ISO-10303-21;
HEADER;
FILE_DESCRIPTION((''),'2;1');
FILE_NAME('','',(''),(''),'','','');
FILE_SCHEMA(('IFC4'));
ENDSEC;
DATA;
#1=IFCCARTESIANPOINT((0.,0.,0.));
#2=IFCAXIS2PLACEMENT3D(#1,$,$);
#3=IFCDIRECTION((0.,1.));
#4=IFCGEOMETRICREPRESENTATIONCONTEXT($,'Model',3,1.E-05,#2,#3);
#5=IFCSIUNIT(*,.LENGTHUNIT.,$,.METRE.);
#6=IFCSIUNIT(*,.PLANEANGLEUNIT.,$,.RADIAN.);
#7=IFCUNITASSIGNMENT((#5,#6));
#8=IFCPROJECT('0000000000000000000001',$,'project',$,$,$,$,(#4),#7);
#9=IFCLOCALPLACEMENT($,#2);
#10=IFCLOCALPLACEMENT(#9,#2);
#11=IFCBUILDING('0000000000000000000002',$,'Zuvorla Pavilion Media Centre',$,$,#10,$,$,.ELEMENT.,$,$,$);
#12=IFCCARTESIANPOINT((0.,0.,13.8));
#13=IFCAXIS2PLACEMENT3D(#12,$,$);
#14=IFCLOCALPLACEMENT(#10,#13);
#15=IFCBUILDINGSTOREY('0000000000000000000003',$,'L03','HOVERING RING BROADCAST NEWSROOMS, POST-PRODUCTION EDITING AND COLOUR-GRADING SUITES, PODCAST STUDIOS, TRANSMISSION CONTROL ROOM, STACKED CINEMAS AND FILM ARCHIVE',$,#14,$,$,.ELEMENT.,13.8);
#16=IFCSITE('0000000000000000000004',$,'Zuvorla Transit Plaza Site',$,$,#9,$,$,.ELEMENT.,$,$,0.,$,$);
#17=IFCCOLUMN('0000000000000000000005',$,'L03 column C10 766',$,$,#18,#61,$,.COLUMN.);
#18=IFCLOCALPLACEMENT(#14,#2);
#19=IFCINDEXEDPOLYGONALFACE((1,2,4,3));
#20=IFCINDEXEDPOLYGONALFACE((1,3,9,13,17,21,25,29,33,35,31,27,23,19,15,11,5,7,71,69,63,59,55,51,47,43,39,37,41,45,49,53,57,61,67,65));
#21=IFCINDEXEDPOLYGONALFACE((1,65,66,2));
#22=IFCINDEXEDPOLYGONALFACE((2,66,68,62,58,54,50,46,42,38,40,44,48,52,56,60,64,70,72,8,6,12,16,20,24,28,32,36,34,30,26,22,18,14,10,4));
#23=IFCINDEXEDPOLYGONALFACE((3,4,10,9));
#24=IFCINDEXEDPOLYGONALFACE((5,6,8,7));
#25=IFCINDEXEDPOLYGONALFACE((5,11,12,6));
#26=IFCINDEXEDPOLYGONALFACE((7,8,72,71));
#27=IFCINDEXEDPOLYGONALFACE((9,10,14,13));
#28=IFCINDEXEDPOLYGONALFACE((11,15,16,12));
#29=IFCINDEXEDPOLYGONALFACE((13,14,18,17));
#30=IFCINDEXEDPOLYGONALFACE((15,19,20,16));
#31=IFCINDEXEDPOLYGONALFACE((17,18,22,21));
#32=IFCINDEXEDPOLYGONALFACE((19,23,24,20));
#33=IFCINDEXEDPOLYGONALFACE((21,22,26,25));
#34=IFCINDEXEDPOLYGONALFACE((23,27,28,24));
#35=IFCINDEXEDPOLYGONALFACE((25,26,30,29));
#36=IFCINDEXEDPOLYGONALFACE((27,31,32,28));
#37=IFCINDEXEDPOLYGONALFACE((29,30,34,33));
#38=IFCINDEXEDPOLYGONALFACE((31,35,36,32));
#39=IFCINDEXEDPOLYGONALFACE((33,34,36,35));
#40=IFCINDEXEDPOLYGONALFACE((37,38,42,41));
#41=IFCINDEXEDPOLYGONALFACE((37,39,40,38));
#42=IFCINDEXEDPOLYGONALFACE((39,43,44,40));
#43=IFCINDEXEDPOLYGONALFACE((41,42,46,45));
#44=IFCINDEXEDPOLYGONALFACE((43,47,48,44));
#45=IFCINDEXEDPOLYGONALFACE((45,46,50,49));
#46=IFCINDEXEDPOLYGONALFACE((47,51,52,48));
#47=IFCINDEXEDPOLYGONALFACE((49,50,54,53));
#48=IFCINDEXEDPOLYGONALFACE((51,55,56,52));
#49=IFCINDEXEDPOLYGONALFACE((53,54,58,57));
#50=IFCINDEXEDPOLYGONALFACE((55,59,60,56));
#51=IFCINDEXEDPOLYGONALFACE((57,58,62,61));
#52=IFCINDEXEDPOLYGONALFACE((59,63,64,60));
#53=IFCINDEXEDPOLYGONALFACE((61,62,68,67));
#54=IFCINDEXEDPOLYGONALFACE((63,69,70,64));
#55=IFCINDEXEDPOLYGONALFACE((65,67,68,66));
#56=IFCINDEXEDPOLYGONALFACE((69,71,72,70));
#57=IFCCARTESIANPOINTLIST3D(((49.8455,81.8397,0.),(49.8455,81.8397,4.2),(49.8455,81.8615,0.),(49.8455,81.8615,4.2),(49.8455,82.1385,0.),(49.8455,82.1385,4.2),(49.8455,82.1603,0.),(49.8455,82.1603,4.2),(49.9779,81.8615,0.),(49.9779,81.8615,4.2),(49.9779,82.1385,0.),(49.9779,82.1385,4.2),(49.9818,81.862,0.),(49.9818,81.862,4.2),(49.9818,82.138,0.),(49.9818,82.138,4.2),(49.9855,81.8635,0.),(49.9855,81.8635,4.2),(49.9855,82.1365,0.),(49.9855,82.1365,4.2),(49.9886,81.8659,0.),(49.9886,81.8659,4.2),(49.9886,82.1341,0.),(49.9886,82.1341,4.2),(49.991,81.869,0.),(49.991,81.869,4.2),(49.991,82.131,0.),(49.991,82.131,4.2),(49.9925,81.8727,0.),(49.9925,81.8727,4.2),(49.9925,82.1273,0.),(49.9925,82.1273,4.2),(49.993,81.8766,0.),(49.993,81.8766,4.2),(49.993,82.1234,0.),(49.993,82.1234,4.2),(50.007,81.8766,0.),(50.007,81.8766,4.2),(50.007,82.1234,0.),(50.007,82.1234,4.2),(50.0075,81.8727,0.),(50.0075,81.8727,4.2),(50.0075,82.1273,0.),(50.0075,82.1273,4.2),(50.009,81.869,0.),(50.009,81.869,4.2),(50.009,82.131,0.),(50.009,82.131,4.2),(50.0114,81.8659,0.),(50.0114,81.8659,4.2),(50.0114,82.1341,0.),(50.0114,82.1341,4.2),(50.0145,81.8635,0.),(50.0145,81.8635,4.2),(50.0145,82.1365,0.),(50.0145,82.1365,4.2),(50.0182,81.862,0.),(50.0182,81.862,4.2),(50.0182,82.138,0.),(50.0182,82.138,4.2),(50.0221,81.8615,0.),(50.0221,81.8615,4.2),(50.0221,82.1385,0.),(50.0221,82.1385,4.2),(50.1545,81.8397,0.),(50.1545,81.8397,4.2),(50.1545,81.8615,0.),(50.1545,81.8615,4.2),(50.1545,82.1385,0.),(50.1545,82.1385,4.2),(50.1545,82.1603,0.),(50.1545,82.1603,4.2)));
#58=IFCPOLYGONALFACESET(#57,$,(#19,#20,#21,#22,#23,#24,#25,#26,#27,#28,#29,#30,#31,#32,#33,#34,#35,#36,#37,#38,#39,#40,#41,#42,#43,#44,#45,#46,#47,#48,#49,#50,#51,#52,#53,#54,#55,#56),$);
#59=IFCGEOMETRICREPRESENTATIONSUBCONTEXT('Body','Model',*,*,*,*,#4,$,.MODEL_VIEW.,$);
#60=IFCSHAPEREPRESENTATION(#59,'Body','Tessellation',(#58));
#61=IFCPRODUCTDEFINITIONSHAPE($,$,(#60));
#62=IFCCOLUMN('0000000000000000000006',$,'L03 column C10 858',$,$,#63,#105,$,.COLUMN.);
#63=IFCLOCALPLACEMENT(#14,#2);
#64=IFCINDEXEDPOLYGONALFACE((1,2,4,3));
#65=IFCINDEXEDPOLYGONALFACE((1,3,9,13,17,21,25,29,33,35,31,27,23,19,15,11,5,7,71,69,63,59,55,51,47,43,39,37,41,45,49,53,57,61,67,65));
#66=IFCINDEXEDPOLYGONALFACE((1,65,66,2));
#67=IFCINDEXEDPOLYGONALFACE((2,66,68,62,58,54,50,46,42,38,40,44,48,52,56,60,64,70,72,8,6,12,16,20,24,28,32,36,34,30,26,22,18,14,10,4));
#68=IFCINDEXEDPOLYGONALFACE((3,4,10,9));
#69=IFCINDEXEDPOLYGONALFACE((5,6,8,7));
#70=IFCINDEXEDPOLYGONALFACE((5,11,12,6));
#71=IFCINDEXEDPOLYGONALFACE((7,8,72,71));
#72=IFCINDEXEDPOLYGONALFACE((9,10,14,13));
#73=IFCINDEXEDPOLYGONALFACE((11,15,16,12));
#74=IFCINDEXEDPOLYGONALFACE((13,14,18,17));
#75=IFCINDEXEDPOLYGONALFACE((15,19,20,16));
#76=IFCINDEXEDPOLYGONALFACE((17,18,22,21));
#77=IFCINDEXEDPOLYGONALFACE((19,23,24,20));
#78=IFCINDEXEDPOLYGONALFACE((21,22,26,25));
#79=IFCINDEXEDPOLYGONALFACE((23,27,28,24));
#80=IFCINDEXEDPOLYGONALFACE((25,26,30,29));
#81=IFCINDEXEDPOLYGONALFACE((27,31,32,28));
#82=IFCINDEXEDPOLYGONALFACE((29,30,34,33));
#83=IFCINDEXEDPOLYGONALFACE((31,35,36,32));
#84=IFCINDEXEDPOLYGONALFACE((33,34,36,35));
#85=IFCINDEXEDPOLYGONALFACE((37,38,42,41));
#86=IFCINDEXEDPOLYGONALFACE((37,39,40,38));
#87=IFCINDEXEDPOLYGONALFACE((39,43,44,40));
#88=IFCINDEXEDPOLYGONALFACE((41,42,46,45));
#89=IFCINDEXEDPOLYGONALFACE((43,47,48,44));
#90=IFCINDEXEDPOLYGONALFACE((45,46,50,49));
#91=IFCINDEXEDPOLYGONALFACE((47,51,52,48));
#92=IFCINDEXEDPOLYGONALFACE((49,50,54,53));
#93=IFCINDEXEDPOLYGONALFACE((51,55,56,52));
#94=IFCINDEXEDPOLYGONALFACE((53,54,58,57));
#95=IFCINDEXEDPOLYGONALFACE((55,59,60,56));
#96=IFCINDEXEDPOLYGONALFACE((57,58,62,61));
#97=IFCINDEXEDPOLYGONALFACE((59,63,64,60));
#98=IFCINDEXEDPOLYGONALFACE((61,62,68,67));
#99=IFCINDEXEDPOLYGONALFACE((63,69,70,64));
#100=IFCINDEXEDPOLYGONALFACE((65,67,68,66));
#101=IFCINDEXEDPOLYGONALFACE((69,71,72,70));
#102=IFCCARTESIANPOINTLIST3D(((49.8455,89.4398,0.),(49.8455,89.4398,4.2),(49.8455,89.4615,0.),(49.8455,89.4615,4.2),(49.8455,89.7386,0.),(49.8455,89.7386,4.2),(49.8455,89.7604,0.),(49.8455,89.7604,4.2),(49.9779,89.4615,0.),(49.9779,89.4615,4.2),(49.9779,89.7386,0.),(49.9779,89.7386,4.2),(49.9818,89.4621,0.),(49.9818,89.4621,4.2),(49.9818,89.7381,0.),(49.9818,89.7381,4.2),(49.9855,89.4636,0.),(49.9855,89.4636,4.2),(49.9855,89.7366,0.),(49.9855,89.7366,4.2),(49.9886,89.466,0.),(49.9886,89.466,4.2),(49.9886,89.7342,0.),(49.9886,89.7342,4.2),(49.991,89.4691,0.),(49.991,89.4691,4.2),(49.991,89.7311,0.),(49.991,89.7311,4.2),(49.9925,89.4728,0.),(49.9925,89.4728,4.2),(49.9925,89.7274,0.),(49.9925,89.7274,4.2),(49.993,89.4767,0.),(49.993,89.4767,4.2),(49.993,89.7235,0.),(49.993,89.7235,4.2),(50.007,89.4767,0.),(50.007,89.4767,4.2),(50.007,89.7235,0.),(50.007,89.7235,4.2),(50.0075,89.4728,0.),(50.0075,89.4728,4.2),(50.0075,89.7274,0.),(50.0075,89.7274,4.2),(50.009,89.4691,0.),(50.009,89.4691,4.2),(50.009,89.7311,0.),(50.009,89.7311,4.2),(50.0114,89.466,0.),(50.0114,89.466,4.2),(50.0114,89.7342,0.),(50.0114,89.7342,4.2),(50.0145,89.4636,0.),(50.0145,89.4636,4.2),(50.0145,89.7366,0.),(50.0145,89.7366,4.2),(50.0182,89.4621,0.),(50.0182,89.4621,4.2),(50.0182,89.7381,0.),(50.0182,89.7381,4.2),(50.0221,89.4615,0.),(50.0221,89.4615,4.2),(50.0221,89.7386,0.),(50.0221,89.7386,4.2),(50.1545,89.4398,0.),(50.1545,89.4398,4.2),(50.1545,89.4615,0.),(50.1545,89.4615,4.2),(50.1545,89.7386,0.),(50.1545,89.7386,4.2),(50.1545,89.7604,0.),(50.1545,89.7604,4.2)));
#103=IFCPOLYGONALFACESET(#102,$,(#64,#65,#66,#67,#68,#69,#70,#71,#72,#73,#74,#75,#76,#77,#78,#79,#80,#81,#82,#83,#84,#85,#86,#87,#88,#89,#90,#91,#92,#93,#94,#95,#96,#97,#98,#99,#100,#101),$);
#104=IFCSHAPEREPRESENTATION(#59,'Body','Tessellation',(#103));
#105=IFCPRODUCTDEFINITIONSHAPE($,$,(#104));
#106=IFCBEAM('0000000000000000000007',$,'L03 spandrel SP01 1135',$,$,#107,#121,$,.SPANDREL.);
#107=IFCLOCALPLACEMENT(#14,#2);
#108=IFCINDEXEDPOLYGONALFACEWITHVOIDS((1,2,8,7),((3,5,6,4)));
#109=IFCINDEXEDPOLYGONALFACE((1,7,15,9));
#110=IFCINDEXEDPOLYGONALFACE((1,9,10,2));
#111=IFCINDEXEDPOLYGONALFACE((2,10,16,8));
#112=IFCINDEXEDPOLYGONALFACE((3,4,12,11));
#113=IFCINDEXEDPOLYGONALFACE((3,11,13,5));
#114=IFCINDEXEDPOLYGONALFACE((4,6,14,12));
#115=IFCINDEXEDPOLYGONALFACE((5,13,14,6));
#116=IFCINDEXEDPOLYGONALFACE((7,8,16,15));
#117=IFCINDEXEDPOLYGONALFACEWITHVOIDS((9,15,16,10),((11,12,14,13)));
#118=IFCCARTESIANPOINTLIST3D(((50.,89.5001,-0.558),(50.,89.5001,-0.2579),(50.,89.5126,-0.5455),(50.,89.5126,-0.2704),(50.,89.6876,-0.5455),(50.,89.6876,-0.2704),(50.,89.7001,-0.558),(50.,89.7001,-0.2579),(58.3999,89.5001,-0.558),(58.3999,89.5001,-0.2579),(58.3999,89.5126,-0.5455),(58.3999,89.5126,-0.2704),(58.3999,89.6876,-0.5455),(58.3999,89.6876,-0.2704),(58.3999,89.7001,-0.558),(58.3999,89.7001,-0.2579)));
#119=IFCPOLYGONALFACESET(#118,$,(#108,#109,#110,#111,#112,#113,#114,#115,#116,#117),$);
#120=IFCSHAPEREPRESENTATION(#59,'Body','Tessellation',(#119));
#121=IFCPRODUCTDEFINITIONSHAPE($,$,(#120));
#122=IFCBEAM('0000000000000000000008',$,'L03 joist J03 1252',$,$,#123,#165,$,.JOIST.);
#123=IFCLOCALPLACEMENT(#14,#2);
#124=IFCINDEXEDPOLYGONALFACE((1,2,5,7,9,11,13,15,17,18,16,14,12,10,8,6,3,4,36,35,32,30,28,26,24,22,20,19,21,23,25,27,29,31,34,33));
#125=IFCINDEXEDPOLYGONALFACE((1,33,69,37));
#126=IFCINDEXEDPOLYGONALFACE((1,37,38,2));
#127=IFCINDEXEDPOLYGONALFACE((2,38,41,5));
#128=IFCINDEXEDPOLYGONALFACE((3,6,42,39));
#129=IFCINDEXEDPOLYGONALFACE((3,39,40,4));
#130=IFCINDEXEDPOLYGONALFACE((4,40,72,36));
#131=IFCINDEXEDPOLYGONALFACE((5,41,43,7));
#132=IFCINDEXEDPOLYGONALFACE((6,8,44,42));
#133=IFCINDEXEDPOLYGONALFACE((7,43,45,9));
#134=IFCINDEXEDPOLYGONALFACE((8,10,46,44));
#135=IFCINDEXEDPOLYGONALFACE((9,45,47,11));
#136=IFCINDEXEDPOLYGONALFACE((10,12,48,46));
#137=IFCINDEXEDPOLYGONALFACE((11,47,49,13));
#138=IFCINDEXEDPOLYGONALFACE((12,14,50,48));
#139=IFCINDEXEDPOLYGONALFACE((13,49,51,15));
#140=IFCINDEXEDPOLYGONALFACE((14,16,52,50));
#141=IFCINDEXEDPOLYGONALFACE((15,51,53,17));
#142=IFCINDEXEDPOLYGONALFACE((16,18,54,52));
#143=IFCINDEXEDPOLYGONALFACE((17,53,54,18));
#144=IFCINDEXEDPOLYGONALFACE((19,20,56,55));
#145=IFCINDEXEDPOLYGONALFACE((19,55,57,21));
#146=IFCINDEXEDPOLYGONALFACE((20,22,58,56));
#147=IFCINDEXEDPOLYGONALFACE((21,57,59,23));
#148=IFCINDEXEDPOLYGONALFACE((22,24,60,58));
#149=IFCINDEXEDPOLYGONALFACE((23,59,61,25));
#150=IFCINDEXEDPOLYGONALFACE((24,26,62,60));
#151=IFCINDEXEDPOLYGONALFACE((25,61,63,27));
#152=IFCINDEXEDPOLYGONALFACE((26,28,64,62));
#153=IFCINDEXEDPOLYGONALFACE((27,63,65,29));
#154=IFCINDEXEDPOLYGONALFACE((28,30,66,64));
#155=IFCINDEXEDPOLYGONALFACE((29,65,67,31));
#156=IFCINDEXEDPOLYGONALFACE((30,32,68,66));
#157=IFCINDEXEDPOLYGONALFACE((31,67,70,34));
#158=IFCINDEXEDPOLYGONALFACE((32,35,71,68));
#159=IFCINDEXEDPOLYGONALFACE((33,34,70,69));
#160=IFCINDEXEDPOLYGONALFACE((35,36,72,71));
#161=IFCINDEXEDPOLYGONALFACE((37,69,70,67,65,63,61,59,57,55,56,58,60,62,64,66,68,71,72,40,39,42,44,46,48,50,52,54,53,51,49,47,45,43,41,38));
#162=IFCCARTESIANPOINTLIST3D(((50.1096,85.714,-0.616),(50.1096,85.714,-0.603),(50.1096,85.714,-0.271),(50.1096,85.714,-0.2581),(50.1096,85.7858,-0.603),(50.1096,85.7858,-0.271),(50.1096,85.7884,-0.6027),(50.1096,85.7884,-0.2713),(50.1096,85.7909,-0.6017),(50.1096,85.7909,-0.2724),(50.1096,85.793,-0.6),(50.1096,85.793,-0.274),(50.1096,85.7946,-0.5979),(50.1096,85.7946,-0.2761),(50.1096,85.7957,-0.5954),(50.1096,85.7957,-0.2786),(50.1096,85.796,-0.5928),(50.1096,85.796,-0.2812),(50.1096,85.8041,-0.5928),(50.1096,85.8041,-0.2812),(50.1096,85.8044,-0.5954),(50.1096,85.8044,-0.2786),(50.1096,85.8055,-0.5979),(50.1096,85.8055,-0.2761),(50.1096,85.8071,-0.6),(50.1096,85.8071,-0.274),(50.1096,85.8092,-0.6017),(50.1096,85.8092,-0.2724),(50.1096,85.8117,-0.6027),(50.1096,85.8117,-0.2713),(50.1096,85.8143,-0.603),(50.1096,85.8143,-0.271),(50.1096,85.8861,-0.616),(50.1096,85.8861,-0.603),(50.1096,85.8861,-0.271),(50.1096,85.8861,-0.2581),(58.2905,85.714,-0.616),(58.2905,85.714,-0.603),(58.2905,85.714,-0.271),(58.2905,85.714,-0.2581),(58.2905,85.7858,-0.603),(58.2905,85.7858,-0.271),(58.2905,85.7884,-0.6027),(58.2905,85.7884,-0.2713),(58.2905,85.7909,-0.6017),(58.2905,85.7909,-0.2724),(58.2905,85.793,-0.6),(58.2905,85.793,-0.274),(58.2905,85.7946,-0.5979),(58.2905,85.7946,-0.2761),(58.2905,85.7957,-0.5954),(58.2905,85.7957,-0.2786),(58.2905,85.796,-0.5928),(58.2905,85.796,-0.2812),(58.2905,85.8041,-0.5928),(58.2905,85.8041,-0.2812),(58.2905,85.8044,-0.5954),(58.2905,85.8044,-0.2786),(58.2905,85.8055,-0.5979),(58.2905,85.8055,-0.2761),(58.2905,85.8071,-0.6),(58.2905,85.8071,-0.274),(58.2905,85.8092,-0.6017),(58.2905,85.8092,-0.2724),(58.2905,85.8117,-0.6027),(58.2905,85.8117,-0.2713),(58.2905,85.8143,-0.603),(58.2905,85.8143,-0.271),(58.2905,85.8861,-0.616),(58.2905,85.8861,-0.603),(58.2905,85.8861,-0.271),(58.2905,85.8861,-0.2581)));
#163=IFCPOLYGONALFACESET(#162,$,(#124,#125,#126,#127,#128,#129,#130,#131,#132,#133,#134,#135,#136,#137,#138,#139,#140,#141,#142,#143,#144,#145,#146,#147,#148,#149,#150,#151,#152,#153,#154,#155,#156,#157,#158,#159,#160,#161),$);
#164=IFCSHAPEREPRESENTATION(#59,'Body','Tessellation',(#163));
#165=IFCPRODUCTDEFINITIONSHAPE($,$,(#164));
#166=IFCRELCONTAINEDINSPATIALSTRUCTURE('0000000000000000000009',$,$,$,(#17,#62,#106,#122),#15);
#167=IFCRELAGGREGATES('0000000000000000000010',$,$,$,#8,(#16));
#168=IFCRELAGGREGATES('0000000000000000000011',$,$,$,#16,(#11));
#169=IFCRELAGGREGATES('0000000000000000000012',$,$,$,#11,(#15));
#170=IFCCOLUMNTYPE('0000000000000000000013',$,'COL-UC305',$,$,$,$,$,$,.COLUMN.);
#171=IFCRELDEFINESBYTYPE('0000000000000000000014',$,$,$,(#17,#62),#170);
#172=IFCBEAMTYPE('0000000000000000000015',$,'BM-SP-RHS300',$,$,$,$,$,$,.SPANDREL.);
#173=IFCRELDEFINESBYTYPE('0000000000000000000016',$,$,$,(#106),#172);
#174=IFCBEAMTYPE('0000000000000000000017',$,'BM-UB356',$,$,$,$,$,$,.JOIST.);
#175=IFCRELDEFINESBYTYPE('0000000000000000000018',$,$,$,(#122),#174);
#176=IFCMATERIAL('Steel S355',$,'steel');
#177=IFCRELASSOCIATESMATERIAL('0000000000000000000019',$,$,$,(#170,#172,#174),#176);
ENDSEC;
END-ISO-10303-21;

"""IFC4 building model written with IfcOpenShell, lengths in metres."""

from ifc_helpers import new_model, si_unit, direction, frame, origin, origin_2d, place, context, subcontext, project, spatial, hollow_rectangle, i_section, extrude, material, material_profile, profile_set, type_object, element, save


model = new_model("IFC4")

# Units and contexts
model_context = context("Model", 3, precision=1e-05, world=origin(), true_north=direction((0.0, 1.0)))
body_context = subcontext(model_context, "Body", "Model", "MODEL_VIEW")
ifc_project = project(units=[si_unit("LENGTHUNIT", "METRE"), si_unit("PLANEANGLEUNIT", "RADIAN")], contexts=[model_context])

# Site, building, storey
site_placement = place(None, origin())
site = spatial("IfcSite", under=ifc_project, at=site_placement, Name="Zuvorla Transit Plaza Site", CompositionType="ELEMENT", RefElevation=0.0)
building_placement = place(site_placement, origin())
building = spatial("IfcBuilding", under=site, at=building_placement, Name="Zuvorla Pavilion Media Centre", CompositionType="ELEMENT")
storey_placement = place(building_placement, frame((0.0, 0.0, 13.8)))
storey = spatial("IfcBuildingStorey", under=building, at=storey_placement, Name="L03", Description="HOVERING RING BROADCAST NEWSROOMS, POST-PRODUCTION EDITING AND COLOUR-GRADING SUITES, PODCAST STUDIOS, TRANSMISSION CONTROL ROOM, STACKED CINEMAS AND FILM ARCHIVE", CompositionType="ELEMENT", Elevation=13.8)

# Columns
ifc_material_1 = material(Name="Steel S355", Category="steel")
ifc_material_profile_1 = material_profile(ifc_material_1, i_section(OverallWidth=0.3091, OverallDepth=0.3206, WebThickness=0.0139, FlangeThickness=0.0217, FilletRadius=0.0151, at=origin_2d()), Name="UC 305x305x137")
ifc_profile_set_1 = profile_set([ifc_material_profile_1], Name="Steel S355")
column_type = type_object("IfcColumnType", Name="COL-UC305", PredefinedType="COLUMN", material=ifc_profile_set_1)
for number, where, z_axis, x_axis, name in (
    (1, (50.0, 82.0, 0.0), (0.0, 0.0, 1.0), (1.0, 0.0, 0.0), "L03 column C10 766"),
    (2, (50.0, 89.6001, 0.0), (0.0, 0.0, 1.0), (1.0, 0.0, 0.0), "L03 column C10 858"),
):
    element("IfcColumn", number, at=place(storey_placement, frame(where, z_axis=z_axis, x_axis=x_axis)), inside=storey, type_object=column_type, Name=name, PredefinedType="COLUMN", context=body_context, shape_type="SweptSolid", body=[
        extrude(i_section(OverallWidth=0.3091, OverallDepth=0.3206, WebThickness=0.0139, FlangeThickness=0.0217, FilletRadius=0.0151, at=origin_2d()), origin(), (0.0, 0.0, 1.0), 4.2),
    ])

# Beams
ifc_material_profile_2 = material_profile(ifc_material_1, hollow_rectangle(XDim=0.2, YDim=0.3, WallThickness=0.0125, at=origin_2d()), Name="RHS 300x200x12.5")
ifc_profile_set_2 = profile_set([ifc_material_profile_2], Name="Steel S355")
beam_type_1 = type_object("IfcBeamType", Name="BM-SP-RHS300", PredefinedType="SPANDREL", material=ifc_profile_set_2)
beam_1_placement = place(storey_placement, frame((50.0, 89.6001, -0.408), z_axis=(1.0, 0.0, 0.0), x_axis=(0.0, 1.0, 0.0)))
element("IfcBeam", 3, at=beam_1_placement, inside=storey, type_object=beam_type_1, Name="L03 spandrel SP01 1135", PredefinedType="SPANDREL", context=body_context, shape_type="SweptSolid", body=[
    extrude(hollow_rectangle(XDim=0.2, YDim=0.3, WallThickness=0.0125, at=origin_2d()), origin(), (0.0, 0.0, 1.0), 8.3999),
])
ifc_material_profile_3 = material_profile(ifc_material_1, i_section(OverallWidth=0.1721, OverallDepth=0.3579, WebThickness=0.0081, FlangeThickness=0.0129, FilletRadius=0.0103, at=origin_2d()), Name="UB 356x171x57")
ifc_profile_set_3 = profile_set([ifc_material_profile_3], Name="Steel S355")
beam_type_2 = type_object("IfcBeamType", Name="BM-UB356", PredefinedType="JOIST", material=ifc_profile_set_3)
beam_2_placement = place(storey_placement, frame((50.1096, 85.8, -0.437), z_axis=(1.0, 0.0, 0.0), x_axis=(0.0, 1.0, 0.0)))
element("IfcBeam", 4, at=beam_2_placement, inside=storey, type_object=beam_type_2, Name="L03 joist J03 1252", PredefinedType="JOIST", context=body_context, shape_type="SweptSolid", body=[
    extrude(i_section(OverallWidth=0.1721, OverallDepth=0.3579, WebThickness=0.0081, FlangeThickness=0.0129, FilletRadius=0.0103, at=origin_2d()), origin(), (0.0, 0.0, 1.0), 8.1809),
])

save(model, "model.ifc")
